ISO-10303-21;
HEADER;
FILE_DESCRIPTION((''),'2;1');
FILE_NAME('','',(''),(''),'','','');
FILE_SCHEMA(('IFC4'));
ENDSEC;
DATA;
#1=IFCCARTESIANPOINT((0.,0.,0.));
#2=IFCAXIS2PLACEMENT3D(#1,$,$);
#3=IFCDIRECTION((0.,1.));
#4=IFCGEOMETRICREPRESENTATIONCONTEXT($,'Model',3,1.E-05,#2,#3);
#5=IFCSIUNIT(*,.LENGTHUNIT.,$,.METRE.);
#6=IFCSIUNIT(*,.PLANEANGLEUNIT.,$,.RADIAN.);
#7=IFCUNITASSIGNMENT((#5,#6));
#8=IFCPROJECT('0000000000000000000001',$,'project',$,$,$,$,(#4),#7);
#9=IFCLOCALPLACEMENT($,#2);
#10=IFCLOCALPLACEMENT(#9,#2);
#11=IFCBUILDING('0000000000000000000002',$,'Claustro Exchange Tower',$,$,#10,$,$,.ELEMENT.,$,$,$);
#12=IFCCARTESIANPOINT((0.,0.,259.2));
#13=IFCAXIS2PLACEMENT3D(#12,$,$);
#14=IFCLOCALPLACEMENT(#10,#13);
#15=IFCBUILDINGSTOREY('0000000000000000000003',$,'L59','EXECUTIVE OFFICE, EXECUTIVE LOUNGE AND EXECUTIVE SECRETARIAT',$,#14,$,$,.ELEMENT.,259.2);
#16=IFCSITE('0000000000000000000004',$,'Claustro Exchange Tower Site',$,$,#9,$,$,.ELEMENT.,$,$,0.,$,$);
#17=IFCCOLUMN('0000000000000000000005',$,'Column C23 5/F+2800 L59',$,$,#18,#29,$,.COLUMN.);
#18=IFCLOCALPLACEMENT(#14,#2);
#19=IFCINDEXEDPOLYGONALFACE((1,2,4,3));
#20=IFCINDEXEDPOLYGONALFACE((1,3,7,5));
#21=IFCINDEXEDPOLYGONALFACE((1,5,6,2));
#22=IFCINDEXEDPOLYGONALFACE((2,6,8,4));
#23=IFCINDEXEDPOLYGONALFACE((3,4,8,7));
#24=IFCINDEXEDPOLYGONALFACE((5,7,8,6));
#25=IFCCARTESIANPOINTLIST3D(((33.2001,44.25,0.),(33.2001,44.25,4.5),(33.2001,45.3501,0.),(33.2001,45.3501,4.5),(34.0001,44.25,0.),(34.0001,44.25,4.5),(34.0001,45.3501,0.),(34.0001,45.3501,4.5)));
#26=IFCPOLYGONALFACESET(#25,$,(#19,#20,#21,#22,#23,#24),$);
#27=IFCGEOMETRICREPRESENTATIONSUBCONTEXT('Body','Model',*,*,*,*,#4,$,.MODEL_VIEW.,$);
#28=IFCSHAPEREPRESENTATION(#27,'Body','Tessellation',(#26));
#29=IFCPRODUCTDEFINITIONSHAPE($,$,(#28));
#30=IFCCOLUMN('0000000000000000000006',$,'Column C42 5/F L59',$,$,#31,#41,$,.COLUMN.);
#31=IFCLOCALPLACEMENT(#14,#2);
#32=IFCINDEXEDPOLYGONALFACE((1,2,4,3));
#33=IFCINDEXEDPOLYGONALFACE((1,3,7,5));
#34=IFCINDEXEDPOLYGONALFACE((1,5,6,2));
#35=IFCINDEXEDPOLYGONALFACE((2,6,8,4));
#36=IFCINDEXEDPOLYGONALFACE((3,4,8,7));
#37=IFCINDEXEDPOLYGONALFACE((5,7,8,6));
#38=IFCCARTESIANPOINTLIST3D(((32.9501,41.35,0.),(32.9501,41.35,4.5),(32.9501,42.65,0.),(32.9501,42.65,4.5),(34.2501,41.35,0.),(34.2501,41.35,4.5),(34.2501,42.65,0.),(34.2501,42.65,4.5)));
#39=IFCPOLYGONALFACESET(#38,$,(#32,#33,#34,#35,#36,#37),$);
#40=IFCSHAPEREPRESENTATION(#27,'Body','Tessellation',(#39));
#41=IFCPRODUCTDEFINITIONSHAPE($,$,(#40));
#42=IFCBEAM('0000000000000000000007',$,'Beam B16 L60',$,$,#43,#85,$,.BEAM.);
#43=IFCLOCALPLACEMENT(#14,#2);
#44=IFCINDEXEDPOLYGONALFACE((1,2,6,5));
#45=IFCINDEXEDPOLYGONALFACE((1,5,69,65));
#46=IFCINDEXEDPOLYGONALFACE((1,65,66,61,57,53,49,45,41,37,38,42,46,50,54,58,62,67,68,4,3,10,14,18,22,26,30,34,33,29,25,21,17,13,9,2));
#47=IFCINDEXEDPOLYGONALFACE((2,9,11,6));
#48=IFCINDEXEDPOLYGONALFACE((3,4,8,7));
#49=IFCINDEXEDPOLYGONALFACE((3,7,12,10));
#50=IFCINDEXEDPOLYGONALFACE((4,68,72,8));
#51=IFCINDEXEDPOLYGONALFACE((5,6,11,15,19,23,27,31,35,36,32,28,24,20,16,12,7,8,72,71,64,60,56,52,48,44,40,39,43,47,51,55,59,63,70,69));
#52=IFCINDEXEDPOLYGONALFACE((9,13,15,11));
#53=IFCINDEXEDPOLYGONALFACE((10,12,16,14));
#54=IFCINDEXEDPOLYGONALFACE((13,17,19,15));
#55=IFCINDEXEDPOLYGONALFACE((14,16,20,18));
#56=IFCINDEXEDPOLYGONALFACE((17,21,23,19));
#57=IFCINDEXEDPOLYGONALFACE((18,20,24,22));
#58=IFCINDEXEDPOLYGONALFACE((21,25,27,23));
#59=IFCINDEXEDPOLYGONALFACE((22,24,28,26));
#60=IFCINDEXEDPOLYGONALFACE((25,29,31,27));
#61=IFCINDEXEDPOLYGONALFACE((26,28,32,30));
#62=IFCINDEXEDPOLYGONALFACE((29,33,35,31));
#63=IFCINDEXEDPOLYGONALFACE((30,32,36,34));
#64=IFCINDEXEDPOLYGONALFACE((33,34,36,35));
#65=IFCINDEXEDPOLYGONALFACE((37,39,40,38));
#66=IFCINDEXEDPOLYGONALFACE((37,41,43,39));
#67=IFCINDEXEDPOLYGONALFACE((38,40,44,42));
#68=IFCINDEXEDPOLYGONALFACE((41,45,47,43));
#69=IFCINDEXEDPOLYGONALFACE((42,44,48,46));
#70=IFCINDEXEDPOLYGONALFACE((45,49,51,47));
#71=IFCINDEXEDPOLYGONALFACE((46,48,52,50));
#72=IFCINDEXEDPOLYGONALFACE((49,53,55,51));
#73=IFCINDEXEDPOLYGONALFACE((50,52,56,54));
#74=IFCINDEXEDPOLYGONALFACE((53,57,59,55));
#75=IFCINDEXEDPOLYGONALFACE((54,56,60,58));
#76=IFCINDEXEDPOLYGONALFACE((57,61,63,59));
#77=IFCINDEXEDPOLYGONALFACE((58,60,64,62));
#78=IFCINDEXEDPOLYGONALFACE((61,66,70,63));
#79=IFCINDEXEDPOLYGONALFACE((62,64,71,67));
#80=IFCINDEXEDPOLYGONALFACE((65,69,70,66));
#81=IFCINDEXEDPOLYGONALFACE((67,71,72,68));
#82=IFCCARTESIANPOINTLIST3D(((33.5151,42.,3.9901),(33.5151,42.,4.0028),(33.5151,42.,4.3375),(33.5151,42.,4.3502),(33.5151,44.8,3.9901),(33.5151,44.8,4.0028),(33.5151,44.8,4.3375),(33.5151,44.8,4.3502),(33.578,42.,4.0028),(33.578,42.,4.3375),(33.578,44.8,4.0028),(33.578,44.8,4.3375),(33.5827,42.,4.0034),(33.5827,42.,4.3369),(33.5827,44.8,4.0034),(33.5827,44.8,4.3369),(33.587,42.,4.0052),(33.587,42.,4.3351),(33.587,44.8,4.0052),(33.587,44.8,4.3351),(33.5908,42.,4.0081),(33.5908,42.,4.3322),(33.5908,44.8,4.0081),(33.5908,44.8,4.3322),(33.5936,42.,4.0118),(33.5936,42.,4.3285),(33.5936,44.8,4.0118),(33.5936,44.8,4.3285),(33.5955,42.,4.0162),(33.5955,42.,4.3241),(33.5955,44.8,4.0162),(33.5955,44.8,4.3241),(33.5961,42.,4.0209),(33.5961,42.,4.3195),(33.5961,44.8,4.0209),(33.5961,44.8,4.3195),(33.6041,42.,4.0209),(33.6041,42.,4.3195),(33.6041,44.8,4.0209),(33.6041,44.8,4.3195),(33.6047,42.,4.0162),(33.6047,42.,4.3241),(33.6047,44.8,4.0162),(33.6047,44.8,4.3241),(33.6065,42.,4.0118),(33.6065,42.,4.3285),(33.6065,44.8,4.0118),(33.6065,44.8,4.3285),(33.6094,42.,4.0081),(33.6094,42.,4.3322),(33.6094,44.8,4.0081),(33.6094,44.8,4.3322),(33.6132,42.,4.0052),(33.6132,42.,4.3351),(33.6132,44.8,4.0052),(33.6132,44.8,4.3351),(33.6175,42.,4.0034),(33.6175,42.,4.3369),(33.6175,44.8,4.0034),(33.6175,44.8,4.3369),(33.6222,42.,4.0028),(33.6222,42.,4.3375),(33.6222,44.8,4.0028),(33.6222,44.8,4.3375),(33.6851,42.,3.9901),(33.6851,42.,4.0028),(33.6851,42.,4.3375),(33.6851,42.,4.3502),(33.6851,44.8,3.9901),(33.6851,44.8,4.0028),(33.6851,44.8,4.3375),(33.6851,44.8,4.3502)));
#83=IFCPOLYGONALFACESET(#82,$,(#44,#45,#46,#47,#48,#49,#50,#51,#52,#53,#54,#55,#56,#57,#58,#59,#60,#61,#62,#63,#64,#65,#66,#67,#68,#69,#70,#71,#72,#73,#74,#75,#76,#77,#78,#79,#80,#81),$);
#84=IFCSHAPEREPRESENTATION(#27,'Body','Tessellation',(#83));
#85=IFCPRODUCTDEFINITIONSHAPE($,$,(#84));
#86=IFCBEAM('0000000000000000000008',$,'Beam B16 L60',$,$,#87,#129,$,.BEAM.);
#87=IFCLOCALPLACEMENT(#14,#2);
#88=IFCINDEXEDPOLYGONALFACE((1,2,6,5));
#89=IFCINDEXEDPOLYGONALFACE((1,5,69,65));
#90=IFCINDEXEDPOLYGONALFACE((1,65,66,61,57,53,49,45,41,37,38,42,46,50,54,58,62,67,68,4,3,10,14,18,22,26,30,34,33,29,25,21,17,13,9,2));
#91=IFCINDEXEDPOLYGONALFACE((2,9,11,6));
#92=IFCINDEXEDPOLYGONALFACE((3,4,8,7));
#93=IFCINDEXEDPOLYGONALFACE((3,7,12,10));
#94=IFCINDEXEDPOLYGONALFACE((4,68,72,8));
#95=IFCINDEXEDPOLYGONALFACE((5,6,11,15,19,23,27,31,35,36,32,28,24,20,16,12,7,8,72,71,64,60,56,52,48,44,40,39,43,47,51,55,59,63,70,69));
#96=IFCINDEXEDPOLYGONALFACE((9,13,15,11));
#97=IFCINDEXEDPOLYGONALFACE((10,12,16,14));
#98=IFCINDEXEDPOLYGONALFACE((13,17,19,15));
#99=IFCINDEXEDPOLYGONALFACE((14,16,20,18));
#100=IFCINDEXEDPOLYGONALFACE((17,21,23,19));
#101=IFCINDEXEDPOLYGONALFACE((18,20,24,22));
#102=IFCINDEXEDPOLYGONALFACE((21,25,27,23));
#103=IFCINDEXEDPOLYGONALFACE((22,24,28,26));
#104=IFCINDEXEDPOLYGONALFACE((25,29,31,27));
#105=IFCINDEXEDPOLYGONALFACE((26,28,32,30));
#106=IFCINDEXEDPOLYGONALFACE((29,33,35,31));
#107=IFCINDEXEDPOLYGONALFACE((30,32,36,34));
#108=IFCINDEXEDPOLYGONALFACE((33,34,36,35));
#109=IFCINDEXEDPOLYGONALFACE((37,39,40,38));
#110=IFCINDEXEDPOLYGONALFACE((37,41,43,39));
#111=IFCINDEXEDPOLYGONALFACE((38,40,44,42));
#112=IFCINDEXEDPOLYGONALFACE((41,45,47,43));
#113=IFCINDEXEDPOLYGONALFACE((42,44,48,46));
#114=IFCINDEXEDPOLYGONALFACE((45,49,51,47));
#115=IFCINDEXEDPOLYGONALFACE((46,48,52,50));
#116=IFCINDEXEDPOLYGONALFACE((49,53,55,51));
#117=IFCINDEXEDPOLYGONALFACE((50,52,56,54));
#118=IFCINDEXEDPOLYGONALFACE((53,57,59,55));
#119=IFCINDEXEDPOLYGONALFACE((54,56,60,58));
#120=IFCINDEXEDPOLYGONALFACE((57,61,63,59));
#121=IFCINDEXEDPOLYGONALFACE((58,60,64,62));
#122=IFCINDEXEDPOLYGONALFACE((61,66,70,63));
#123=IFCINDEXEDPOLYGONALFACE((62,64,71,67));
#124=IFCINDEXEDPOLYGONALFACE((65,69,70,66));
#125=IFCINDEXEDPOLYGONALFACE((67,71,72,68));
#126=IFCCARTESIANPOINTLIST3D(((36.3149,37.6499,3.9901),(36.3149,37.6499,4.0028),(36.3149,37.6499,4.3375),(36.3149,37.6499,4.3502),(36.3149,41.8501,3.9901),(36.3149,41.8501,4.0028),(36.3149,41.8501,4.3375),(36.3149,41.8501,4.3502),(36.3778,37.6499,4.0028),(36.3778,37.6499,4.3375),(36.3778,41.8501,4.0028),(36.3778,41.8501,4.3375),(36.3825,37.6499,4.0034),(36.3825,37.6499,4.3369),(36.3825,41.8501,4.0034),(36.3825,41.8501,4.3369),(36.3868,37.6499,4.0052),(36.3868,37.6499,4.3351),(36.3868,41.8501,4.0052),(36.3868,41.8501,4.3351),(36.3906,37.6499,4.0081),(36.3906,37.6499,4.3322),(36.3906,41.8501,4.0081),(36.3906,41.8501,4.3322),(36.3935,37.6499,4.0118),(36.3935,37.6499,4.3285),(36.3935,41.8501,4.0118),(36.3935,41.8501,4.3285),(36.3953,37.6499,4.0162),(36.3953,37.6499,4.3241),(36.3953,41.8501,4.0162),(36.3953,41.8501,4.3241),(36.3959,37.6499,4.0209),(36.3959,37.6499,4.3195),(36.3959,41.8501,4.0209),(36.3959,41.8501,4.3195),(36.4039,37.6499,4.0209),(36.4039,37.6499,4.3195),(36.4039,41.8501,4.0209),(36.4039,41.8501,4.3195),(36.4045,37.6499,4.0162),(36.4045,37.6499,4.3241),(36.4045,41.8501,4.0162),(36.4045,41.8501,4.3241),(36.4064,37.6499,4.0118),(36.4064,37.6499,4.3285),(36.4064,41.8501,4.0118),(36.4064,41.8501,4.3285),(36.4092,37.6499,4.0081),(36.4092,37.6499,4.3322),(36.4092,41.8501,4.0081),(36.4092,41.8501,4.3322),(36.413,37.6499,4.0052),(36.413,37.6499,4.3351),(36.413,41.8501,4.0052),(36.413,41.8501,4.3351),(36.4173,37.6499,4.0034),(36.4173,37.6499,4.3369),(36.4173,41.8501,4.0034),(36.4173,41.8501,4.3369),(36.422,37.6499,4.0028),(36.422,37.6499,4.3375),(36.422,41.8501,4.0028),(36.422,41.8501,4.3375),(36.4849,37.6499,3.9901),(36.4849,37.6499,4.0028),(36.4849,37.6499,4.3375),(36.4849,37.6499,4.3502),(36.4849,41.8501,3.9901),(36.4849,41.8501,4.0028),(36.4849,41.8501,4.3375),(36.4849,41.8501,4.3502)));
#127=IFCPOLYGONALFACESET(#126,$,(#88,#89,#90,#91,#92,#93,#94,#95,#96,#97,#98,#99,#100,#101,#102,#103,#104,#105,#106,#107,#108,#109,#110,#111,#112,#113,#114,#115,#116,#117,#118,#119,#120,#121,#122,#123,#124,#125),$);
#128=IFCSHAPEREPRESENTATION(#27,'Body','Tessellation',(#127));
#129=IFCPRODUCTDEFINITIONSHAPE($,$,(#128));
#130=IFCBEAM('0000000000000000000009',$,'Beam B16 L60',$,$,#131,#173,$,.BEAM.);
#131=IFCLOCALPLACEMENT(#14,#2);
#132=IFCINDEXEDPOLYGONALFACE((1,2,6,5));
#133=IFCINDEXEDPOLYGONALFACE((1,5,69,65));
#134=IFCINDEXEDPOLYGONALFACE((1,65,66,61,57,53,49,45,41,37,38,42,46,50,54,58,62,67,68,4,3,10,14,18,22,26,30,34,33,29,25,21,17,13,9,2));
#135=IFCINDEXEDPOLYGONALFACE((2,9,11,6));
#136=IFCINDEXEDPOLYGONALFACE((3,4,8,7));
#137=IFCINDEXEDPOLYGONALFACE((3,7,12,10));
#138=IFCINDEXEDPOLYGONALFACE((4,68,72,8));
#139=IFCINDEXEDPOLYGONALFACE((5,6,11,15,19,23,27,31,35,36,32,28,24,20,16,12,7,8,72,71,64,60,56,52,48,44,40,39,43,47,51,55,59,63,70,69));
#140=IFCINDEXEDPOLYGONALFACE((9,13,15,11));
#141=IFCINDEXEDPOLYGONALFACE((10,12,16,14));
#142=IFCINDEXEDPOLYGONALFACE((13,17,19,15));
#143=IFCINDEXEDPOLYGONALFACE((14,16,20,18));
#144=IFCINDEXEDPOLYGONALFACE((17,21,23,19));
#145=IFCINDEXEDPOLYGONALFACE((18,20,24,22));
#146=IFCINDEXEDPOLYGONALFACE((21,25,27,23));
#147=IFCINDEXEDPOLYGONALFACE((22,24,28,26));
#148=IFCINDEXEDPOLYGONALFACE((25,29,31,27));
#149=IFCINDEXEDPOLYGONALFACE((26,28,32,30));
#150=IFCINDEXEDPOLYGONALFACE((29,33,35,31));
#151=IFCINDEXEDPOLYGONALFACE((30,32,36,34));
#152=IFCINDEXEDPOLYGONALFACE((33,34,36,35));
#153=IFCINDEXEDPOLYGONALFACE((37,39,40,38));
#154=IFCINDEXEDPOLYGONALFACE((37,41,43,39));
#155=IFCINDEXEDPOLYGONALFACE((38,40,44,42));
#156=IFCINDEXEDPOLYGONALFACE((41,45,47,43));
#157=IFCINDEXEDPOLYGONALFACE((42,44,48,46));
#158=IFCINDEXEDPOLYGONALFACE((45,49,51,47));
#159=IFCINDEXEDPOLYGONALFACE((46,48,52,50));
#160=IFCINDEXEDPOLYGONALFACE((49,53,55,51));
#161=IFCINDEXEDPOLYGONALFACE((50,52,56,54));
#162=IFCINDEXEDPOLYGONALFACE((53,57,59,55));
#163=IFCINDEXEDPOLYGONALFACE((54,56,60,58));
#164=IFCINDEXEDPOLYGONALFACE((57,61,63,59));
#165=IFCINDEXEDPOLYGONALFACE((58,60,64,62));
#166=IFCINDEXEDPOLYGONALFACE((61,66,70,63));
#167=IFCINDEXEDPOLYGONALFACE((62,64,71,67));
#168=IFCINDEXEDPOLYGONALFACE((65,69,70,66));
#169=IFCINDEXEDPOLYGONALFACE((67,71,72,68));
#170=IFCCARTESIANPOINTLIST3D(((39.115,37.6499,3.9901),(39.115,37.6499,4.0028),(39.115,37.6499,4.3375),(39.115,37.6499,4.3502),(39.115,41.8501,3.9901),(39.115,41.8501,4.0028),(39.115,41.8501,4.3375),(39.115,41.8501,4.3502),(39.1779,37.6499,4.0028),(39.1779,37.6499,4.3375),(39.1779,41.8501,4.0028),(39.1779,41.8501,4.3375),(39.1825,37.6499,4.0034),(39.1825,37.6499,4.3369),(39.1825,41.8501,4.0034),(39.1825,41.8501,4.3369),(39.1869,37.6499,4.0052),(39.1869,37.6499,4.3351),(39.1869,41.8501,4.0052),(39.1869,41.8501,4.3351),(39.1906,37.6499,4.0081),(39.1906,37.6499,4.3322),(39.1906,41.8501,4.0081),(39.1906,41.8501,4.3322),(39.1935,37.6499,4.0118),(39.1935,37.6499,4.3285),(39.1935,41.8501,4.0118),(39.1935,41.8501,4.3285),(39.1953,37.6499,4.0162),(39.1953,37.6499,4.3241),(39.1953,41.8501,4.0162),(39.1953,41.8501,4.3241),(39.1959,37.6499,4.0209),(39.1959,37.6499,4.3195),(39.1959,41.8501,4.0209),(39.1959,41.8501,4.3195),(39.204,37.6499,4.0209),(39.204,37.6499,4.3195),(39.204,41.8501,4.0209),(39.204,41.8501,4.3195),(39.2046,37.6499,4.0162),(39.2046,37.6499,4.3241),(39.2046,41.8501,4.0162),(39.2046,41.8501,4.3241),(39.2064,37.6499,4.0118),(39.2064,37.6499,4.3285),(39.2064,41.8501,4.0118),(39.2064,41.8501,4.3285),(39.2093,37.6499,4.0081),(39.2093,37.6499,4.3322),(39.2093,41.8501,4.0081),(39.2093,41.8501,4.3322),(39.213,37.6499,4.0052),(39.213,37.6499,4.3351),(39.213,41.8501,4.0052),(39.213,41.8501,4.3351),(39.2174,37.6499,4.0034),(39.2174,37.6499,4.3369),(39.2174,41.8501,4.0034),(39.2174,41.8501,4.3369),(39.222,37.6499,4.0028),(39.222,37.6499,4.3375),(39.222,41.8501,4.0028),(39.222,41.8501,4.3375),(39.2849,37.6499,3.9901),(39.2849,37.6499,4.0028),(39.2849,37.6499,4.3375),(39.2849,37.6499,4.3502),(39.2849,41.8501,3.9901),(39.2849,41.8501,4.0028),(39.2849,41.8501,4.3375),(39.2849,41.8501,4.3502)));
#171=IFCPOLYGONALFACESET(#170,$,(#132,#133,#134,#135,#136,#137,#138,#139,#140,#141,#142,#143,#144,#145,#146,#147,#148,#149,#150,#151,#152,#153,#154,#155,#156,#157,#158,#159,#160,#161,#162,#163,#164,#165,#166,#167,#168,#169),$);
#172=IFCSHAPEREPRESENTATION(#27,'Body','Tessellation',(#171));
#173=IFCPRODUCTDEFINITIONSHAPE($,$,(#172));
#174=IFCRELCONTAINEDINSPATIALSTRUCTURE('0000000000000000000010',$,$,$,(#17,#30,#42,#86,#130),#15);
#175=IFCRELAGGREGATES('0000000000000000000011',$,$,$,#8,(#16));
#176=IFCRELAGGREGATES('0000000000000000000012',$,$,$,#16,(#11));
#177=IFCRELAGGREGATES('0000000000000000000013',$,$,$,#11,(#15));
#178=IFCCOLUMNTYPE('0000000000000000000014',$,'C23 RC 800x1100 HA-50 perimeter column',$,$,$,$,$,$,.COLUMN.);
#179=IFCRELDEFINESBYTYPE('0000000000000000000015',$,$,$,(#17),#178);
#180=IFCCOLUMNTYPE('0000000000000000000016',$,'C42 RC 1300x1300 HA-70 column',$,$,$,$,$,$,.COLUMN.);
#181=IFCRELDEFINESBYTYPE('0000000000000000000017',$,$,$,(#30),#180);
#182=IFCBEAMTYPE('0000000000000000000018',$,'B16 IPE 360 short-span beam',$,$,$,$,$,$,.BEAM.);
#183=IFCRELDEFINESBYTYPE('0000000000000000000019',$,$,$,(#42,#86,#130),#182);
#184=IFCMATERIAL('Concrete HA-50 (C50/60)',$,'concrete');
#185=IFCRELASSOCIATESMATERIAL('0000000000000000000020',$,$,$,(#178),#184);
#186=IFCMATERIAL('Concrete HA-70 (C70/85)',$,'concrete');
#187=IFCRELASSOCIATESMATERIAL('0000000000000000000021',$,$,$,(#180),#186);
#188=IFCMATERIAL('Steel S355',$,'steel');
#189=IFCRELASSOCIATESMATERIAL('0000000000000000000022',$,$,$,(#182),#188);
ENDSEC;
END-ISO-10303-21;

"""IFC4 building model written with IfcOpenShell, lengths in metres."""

from ifc_helpers import new_model, si_unit, direction, frame, origin, origin_2d, place, context, subcontext, project, spatial, rectangle, i_section, extrude, material, material_profile, profile_set, type_object, element, save


model = new_model("IFC4")

# Units and contexts
model_context = context("Model", 3, precision=1e-05, world=origin(), true_north=direction((0.0, 1.0)))
body_context = subcontext(model_context, "Body", "Model", "MODEL_VIEW")
ifc_project = project(units=[si_unit("LENGTHUNIT", "METRE"), si_unit("PLANEANGLEUNIT", "RADIAN")], contexts=[model_context])

# Site, building, storey
site_placement = place(None, origin())
site = spatial("IfcSite", under=ifc_project, at=site_placement, Name="Claustro Exchange Tower Site", CompositionType="ELEMENT", RefElevation=0.0)
building_placement = place(site_placement, origin())
building = spatial("IfcBuilding", under=site, at=building_placement, Name="Claustro Exchange Tower", CompositionType="ELEMENT")
storey_placement = place(building_placement, frame((0.0, 0.0, 259.2)))
storey = spatial("IfcBuildingStorey", under=building, at=storey_placement, Name="L59", Description="EXECUTIVE OFFICE, EXECUTIVE LOUNGE AND EXECUTIVE SECRETARIAT", CompositionType="ELEMENT", Elevation=259.2)

# Columns
ifc_material_1 = material(Name="Concrete HA-50 (C50/60)", Category="concrete")
ifc_material_profile_1 = material_profile(ifc_material_1, rectangle(XDim=0.8, YDim=1.1001, at=origin_2d()), Name="RC 800x1100")
ifc_profile_set_1 = profile_set([ifc_material_profile_1], Name="Concrete HA-50 (C50/60)")
column_type_1 = type_object("IfcColumnType", Name="C23 RC 800x1100 HA-50 perimeter column", PredefinedType="COLUMN", material=ifc_profile_set_1)
column_1_placement = place(storey_placement, frame((33.6001, 44.8, 0.0), z_axis=(0.0, 0.0, 1.0), x_axis=(1.0, 0.0, 0.0)))
element("IfcColumn", 1, at=column_1_placement, inside=storey, type_object=column_type_1, Name="Column C23 5/F+2800 L59", PredefinedType="COLUMN", context=body_context, shape_type="SweptSolid", body=[
    extrude(rectangle(XDim=0.8, YDim=1.1001, at=origin_2d()), origin(), (0.0, 0.0, 1.0), 4.5),
])
ifc_material_2 = material(Name="Concrete HA-70 (C70/85)", Category="concrete")
ifc_material_profile_2 = material_profile(ifc_material_2, rectangle(XDim=1.3, YDim=1.3, at=origin_2d()), Name="RC 1300x1300")
ifc_profile_set_2 = profile_set([ifc_material_profile_2], Name="Concrete HA-70 (C70/85)")
column_type_2 = type_object("IfcColumnType", Name="C42 RC 1300x1300 HA-70 column", PredefinedType="COLUMN", material=ifc_profile_set_2)
column_2_placement = place(storey_placement, frame((33.6001, 42.0, 0.0), z_axis=(0.0, 0.0, 1.0), x_axis=(1.0, 0.0, 0.0)))
element("IfcColumn", 2, at=column_2_placement, inside=storey, type_object=column_type_2, Name="Column C42 5/F L59", PredefinedType="COLUMN", context=body_context, shape_type="SweptSolid", body=[
    extrude(rectangle(XDim=1.3, YDim=1.3, at=origin_2d()), origin(), (0.0, 0.0, 1.0), 4.5),
])

# Beams
ifc_material_3 = material(Name="Steel S355", Category="steel")
ifc_material_profile_3 = material_profile(ifc_material_3, i_section(OverallWidth=0.1699, OverallDepth=0.3601, WebThickness=0.0081, FlangeThickness=0.0127, FilletRadius=0.0181, at=origin_2d()), Name="IPE 360")
ifc_profile_set_3 = profile_set([ifc_material_profile_3], Name="Steel S355")
beam_type_1 = type_object("IfcBeamType", Name="B16 IPE 360 short-span beam", PredefinedType="BEAM", material=ifc_profile_set_3)
beam_1_placement = place(storey_placement, frame((33.6001, 42.0, 4.1702), z_axis=(0.0, 1.0, 0.0), x_axis=(-1.0, 0.0, 0.0)))
element("IfcBeam", 3, at=beam_1_placement, inside=storey, type_object=beam_type_1, Name="Beam B16 L60", PredefinedType="BEAM", context=body_context, shape_type="SweptSolid", body=[
    extrude(i_section(OverallWidth=0.1699, OverallDepth=0.3601, WebThickness=0.0081, FlangeThickness=0.0127, FilletRadius=0.0181, at=origin_2d()), origin(), (0.0, 0.0, 1.0), 2.8),
])
for number, where, z_axis, x_axis, name in (
    (4, (36.3999, 37.6499, 4.1702), (0.0, 1.0, 0.0), (-1.0, 0.0, 0.0), "Beam B16 L60"),
    (5, (39.2, 37.6499, 4.1702), (0.0, 1.0, 0.0), (-1.0, 0.0, 0.0), "Beam B16 L60"),
):
    element("IfcBeam", number, at=place(storey_placement, frame(where, z_axis=z_axis, x_axis=x_axis)), inside=storey, type_object=beam_type_1, Name=name, PredefinedType="BEAM", context=body_context, shape_type="SweptSolid", body=[
        extrude(i_section(OverallWidth=0.1699, OverallDepth=0.3601, WebThickness=0.0081, FlangeThickness=0.0127, FilletRadius=0.0181, at=origin_2d()), origin(), (0.0, 0.0, 1.0), 4.2002),
    ])

save(model, "model.ifc")
